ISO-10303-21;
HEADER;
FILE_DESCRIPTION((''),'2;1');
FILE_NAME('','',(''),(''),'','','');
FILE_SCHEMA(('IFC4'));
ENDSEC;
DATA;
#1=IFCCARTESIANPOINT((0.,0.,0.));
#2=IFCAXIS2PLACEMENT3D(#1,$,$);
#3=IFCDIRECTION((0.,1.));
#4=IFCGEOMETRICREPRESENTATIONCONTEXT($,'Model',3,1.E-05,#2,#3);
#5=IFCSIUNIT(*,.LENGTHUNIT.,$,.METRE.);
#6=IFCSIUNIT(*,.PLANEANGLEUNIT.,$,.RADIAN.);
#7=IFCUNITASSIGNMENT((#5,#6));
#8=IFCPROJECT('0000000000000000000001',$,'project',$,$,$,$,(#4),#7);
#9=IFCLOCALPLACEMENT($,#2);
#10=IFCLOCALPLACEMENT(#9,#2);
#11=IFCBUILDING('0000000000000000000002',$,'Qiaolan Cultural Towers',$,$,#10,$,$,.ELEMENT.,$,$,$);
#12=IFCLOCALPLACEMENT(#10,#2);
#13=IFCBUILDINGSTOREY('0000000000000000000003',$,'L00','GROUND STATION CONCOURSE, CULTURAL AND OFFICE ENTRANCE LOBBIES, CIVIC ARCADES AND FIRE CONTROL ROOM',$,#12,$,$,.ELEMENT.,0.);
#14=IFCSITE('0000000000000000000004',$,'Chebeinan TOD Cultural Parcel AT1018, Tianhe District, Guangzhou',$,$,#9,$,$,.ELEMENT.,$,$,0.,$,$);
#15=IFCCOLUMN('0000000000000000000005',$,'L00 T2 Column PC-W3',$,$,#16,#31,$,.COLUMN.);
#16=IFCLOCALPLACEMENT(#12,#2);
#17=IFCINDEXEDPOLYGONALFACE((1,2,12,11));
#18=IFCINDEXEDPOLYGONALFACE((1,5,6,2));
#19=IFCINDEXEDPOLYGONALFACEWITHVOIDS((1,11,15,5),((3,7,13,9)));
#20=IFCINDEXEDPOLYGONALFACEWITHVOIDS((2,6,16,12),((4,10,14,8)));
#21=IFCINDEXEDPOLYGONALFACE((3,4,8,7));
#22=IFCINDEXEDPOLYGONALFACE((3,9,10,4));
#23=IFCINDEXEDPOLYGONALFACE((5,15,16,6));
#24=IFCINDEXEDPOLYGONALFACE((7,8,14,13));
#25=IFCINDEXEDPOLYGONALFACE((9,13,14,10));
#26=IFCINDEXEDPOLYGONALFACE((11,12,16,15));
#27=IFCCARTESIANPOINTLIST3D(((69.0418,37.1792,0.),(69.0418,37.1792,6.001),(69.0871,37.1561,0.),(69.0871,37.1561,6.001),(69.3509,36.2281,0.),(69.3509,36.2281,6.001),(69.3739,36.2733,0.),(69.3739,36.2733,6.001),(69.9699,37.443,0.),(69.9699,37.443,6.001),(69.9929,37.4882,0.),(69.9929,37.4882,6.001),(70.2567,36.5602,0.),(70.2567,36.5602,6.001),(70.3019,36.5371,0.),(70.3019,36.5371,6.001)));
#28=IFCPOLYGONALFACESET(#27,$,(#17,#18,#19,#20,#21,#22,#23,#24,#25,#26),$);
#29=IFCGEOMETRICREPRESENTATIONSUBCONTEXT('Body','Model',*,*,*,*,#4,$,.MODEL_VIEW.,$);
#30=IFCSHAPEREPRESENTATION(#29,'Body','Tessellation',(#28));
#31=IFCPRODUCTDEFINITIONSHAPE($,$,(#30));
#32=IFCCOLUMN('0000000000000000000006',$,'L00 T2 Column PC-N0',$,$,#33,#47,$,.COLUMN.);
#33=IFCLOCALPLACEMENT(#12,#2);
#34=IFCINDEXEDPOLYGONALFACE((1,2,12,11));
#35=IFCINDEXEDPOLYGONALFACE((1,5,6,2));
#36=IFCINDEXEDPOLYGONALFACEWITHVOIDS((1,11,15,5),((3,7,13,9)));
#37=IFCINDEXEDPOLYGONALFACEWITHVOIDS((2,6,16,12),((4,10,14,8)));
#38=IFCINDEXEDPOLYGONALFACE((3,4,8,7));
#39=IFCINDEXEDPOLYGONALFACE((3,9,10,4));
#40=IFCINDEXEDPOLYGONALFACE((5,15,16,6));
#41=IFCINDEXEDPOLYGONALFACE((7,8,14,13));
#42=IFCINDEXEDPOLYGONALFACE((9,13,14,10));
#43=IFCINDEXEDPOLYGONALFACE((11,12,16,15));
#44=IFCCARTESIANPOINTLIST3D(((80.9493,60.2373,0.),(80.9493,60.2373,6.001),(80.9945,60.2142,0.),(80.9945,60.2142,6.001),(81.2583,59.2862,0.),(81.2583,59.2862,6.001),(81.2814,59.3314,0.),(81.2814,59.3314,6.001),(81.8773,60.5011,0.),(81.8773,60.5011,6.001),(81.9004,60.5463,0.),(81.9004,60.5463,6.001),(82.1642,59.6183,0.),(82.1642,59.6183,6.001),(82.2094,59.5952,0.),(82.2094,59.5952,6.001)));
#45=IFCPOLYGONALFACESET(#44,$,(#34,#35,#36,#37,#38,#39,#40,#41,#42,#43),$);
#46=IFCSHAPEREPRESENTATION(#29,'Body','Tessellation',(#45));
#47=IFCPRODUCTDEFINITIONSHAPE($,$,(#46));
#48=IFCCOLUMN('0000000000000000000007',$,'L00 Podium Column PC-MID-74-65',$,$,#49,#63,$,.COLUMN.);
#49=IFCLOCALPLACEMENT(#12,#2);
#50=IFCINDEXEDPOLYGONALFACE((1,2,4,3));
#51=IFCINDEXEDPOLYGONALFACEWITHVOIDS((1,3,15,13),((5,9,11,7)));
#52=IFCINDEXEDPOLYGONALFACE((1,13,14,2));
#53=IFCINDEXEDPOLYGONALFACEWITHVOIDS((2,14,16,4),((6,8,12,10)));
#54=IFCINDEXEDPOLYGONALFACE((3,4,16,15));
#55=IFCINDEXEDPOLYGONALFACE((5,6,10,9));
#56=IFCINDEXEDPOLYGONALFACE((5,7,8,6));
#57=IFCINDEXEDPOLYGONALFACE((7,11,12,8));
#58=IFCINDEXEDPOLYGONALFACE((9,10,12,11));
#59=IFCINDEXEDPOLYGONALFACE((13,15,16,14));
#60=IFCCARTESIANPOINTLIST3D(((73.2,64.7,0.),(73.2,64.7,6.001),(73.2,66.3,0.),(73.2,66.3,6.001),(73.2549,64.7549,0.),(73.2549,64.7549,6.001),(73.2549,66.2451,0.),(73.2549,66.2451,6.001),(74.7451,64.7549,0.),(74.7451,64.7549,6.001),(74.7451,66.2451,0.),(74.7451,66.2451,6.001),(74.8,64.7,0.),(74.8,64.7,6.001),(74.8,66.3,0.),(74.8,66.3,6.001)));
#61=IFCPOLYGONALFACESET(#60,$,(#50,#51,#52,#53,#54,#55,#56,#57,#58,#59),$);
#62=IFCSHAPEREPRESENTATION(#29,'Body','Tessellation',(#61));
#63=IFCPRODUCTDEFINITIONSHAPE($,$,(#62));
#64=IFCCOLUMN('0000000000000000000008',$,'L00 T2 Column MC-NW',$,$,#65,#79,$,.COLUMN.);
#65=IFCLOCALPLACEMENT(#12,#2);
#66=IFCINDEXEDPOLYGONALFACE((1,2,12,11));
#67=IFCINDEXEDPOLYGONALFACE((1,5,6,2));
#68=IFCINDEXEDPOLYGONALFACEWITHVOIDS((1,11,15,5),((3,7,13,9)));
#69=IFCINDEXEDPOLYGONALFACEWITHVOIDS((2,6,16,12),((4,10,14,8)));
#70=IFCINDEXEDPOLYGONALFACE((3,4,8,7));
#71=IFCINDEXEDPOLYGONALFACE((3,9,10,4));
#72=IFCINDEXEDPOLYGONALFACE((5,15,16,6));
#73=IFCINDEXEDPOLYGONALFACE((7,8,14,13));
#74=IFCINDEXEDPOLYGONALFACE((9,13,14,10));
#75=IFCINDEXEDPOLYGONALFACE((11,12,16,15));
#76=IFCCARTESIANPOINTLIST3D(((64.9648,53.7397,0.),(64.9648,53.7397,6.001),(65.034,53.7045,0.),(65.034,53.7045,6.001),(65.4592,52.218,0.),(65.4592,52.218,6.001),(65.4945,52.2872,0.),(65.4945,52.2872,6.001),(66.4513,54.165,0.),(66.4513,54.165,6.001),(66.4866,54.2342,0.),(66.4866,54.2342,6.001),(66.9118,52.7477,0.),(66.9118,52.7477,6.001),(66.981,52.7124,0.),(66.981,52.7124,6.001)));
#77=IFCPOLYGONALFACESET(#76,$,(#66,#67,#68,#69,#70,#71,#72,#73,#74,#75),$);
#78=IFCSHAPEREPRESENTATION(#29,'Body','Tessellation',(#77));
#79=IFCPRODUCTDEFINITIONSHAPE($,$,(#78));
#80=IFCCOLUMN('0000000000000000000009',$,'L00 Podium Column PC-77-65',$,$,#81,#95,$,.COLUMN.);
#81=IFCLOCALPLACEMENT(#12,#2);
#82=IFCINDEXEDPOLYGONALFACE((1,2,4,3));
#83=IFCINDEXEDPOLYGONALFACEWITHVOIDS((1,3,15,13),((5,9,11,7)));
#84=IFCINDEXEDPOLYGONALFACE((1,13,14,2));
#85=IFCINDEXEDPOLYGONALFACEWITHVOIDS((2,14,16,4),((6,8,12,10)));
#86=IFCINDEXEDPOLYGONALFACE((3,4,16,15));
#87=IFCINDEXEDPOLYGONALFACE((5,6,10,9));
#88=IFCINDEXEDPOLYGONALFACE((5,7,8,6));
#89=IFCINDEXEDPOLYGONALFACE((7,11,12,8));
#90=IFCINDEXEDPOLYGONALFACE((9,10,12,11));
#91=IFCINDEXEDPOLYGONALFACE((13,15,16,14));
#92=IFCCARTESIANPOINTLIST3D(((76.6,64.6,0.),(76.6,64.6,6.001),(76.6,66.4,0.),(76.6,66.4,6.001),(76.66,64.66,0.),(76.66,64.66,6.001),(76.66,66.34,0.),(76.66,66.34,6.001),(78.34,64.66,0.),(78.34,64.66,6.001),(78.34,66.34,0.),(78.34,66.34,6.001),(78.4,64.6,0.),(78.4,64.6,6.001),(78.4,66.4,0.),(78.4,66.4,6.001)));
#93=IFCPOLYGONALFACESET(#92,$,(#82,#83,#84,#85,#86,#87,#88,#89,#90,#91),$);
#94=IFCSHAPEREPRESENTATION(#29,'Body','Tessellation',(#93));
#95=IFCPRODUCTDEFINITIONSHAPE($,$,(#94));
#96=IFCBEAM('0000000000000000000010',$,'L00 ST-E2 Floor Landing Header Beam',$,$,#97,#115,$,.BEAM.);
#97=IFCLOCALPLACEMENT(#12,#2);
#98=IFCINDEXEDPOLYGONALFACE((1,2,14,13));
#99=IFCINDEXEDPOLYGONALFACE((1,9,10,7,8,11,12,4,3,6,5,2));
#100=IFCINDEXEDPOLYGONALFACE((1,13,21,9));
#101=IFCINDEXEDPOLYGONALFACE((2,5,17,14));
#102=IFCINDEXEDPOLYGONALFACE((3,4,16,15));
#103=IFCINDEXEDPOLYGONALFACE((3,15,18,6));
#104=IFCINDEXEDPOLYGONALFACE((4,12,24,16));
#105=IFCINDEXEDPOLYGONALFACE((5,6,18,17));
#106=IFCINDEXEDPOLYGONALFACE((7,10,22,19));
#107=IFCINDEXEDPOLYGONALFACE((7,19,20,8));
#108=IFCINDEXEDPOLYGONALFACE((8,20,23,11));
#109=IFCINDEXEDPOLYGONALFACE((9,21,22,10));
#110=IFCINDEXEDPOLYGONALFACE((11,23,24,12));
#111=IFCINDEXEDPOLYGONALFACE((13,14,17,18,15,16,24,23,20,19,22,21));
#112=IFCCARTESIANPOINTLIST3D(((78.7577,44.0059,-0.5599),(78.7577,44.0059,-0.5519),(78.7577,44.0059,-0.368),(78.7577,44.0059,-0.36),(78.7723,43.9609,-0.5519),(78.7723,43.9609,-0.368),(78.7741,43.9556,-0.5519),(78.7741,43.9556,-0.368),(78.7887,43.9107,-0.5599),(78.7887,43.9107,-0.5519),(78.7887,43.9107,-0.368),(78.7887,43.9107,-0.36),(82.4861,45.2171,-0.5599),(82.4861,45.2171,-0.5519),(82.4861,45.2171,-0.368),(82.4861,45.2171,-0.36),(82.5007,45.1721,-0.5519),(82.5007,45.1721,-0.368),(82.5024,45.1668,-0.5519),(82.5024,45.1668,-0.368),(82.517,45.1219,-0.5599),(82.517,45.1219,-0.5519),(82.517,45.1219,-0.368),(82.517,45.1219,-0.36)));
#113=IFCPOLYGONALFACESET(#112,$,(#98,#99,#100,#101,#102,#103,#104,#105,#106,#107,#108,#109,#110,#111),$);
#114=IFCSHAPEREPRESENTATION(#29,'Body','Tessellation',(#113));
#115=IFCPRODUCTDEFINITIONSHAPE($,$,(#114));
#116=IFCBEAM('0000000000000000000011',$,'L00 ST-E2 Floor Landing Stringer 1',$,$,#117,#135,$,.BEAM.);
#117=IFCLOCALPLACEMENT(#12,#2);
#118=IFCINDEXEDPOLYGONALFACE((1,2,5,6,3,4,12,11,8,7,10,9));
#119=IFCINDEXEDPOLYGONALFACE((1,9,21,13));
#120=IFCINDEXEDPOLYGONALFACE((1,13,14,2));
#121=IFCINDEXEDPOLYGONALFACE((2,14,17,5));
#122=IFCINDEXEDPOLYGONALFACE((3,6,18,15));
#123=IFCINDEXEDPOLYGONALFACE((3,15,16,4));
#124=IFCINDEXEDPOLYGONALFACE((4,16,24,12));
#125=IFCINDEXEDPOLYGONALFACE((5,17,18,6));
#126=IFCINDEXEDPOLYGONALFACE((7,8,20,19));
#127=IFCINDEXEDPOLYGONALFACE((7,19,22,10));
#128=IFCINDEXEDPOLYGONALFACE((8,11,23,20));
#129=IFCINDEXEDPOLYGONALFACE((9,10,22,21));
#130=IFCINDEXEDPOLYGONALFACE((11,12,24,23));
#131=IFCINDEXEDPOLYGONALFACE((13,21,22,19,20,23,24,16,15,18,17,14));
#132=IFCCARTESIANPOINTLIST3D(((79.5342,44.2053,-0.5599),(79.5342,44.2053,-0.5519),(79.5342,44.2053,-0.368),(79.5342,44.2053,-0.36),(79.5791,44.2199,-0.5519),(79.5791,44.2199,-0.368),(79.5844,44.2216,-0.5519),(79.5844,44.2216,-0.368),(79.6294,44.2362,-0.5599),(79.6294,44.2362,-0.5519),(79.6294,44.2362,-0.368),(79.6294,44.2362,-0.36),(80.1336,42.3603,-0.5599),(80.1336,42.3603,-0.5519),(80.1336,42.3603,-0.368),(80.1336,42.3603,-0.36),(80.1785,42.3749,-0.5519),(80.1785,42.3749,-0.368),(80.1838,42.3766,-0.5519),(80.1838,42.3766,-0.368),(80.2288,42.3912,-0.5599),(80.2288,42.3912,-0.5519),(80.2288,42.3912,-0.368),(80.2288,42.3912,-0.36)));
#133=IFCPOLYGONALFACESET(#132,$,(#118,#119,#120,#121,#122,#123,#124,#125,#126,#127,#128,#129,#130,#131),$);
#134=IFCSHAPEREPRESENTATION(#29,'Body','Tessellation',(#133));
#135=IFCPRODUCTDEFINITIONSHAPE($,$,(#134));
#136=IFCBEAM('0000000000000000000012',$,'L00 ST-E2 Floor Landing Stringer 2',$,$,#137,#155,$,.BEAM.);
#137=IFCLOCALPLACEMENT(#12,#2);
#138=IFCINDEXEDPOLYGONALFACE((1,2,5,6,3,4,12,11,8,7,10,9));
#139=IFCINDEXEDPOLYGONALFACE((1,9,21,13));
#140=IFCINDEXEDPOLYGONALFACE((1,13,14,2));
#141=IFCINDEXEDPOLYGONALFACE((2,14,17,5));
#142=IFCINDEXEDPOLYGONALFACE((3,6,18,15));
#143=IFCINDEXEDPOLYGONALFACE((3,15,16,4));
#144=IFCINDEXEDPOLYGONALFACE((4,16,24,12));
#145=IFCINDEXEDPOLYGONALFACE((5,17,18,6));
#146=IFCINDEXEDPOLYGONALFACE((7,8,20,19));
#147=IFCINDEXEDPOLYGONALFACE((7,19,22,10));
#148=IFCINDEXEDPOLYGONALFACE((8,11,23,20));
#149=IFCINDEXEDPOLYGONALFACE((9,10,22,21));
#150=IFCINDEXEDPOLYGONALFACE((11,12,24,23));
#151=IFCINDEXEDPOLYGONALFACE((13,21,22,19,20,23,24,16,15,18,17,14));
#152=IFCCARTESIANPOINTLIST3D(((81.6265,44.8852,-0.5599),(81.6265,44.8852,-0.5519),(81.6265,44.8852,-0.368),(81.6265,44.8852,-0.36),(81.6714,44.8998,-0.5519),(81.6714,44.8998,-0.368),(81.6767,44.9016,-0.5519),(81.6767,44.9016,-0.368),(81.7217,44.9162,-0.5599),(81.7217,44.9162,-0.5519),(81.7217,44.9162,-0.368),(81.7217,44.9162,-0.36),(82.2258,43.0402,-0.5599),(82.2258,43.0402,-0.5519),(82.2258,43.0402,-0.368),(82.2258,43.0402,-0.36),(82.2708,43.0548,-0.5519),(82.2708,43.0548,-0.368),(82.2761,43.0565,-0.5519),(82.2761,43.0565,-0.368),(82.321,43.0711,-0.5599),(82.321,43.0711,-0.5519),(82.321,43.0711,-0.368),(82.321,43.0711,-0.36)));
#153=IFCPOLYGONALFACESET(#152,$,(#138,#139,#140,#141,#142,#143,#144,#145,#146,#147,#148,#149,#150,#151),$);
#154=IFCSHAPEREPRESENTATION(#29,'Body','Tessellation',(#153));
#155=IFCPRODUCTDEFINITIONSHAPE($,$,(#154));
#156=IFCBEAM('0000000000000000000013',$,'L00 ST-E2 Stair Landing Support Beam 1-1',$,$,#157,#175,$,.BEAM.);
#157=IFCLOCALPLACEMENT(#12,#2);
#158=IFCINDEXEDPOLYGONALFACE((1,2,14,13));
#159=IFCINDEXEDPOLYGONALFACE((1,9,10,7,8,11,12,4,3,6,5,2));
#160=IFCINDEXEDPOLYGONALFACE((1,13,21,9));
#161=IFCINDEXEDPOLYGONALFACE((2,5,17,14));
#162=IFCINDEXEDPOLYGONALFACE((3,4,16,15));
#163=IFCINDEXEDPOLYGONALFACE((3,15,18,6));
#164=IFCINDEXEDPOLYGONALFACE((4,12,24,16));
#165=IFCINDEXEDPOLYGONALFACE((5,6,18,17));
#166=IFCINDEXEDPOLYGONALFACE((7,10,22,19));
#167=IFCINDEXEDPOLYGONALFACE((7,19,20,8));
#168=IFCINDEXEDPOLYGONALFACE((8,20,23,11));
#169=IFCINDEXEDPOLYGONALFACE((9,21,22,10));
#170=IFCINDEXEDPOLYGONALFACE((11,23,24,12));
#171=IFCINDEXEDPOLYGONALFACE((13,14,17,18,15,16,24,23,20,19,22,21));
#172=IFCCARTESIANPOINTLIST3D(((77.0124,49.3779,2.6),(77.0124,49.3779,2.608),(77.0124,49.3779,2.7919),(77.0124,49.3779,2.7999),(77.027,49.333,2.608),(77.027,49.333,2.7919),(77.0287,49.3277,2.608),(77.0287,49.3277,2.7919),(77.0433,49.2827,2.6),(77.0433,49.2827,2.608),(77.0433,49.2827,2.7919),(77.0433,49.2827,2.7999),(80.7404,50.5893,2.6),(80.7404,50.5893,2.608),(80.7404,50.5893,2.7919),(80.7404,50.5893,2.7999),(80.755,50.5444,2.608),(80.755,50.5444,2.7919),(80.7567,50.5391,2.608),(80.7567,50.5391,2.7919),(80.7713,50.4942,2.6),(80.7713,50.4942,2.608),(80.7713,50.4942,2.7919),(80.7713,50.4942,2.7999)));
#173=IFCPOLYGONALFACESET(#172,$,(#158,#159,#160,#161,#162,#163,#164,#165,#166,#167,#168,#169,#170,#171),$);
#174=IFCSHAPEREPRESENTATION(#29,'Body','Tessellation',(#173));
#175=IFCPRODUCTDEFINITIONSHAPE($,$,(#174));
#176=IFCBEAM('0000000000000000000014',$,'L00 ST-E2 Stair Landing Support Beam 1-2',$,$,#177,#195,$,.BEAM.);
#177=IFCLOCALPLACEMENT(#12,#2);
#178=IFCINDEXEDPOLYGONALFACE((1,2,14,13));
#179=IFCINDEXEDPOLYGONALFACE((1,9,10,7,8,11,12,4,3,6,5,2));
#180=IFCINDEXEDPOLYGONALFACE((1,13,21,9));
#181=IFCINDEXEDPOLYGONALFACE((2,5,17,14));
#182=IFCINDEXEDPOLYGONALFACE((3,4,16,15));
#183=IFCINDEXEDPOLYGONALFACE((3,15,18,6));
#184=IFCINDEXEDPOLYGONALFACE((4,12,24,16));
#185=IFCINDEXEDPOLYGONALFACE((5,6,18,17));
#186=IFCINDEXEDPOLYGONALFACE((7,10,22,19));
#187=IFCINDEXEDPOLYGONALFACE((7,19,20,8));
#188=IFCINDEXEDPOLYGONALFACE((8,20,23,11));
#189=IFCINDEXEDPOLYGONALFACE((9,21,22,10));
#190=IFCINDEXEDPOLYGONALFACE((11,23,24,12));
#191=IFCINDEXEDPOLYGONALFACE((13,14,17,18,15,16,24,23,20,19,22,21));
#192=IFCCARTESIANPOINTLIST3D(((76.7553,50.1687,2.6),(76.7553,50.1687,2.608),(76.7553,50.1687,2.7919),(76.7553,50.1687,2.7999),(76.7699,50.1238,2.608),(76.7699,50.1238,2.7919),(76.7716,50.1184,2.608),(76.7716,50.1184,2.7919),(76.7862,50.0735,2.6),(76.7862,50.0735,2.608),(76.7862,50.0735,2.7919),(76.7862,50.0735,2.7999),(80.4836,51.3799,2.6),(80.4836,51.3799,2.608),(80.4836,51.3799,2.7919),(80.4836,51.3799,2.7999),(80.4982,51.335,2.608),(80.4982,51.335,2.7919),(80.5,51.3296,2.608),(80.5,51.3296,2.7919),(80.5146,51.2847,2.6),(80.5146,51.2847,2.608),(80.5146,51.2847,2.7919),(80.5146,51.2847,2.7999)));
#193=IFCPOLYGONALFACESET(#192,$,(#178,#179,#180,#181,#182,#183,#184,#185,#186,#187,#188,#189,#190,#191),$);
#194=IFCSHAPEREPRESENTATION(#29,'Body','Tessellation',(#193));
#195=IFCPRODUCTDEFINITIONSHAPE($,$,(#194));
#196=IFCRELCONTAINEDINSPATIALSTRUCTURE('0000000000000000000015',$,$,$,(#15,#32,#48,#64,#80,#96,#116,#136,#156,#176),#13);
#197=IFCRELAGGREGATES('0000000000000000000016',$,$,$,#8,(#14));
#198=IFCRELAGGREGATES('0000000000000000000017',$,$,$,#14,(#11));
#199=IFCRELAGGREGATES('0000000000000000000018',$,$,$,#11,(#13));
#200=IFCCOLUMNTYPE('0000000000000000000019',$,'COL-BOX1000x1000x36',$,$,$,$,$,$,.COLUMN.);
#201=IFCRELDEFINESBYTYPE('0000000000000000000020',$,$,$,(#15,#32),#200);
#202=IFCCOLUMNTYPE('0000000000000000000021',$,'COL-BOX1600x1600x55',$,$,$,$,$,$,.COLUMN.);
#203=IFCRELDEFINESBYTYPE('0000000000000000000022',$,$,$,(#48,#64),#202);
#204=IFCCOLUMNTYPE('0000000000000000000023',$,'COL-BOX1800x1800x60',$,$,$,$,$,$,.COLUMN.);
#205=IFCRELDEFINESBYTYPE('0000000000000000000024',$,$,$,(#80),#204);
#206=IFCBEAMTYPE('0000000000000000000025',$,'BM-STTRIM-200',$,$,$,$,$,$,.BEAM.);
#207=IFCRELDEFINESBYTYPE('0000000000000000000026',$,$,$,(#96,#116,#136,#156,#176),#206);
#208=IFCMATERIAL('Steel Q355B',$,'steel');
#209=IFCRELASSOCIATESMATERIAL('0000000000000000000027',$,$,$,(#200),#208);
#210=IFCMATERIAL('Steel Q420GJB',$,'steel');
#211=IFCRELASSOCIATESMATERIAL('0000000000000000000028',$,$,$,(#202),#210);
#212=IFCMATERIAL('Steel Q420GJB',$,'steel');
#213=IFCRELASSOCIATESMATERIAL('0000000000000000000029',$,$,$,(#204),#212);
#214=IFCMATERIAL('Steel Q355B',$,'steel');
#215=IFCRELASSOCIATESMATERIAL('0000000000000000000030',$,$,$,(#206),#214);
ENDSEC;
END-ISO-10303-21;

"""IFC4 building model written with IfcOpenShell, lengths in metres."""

from ifc_helpers import new_model, si_unit, direction, frame, origin, origin_2d, place, context, subcontext, project, spatial, hollow_rectangle, i_section, extrude, material, material_profile, profile_set, type_object, element, save


model = new_model("IFC4")

# Units and contexts
model_context = context("Model", 3, precision=1e-05, world=origin(), true_north=direction((0.0, 1.0)))
body_context = subcontext(model_context, "Body", "Model", "MODEL_VIEW")
ifc_project = project(units=[si_unit("LENGTHUNIT", "METRE"), si_unit("PLANEANGLEUNIT", "RADIAN")], contexts=[model_context])

# Site, building, storey
site_placement = place(None, origin())
site = spatial("IfcSite", under=ifc_project, at=site_placement, Name="Chebeinan TOD Cultural Parcel AT1018, Tianhe District, Guangzhou", CompositionType="ELEMENT", RefElevation=0.0)
building_placement = place(site_placement, origin())
building = spatial("IfcBuilding", under=site, at=building_placement, Name="Qiaolan Cultural Towers", CompositionType="ELEMENT")
storey_placement = place(building_placement, origin())
storey = spatial("IfcBuildingStorey", under=building, at=storey_placement, Name="L00", Description="GROUND STATION CONCOURSE, CULTURAL AND OFFICE ENTRANCE LOBBIES, CIVIC ARCADES AND FIRE CONTROL ROOM", CompositionType="ELEMENT", Elevation=0.0)

# Columns
ifc_material_1 = material(Name="Steel Q355B", Category="steel")
ifc_material_profile_1 = material_profile(ifc_material_1, hollow_rectangle(XDim=1.0, YDim=1.0, WallThickness=0.0359, at=origin_2d()), Name="BOX1000x1000x36")
ifc_profile_set_1 = profile_set([ifc_material_profile_1], Name="Steel Q355B")
column_type_1 = type_object("IfcColumnType", Name="COL-BOX1000x1000x36", PredefinedType="COLUMN", material=ifc_profile_set_1)
for number, where, z_axis, x_axis, name in (
    (1, (69.6719, 36.8582, 0.0), (0.0, 0.0, 1.0), (0.951057, 0.309017, 0.0), "L00 T2 Column PC-W3"),
    (2, (81.5793, 59.9163, 0.0), (0.0, 0.0, 1.0), (0.951057, 0.309017, 0.0), "L00 T2 Column PC-N0"),
):
    element("IfcColumn", number, at=place(storey_placement, frame(where, z_axis=z_axis, x_axis=x_axis)), inside=storey, type_object=column_type_1, Name=name, PredefinedType="COLUMN", context=body_context, shape_type="SweptSolid", body=[
        extrude(hollow_rectangle(XDim=1.0, YDim=1.0, WallThickness=0.0359, at=origin_2d()), origin(), (0.0, 0.0, 1.0), 6.001),
    ])
ifc_material_2 = material(Name="Steel Q420GJB", Category="steel")
ifc_material_profile_2 = material_profile(ifc_material_2, hollow_rectangle(XDim=1.6001, YDim=1.6001, WallThickness=0.0549, at=origin_2d()), Name="BOX1600x1600x55")
ifc_profile_set_2 = profile_set([ifc_material_profile_2], Name="Steel Q420GJB")
column_type_2 = type_object("IfcColumnType", Name="COL-BOX1600x1600x55", PredefinedType="COLUMN", material=ifc_profile_set_2)
for number, where, z_axis, x_axis, name in (
    (3, (74.0, 65.5, 0.0), (0.0, 0.0, 1.0), (1.0, 0.0, 0.0), "L00 Podium Column PC-MID-74-65"),
    (4, (65.9729, 53.2261, 0.0), (0.0, 0.0, 1.0), (0.951057, 0.309017, 0.0), "L00 T2 Column MC-NW"),
):
    element("IfcColumn", number, at=place(storey_placement, frame(where, z_axis=z_axis, x_axis=x_axis)), inside=storey, type_object=column_type_2, Name=name, PredefinedType="COLUMN", context=body_context, shape_type="SweptSolid", body=[
        extrude(hollow_rectangle(XDim=1.6001, YDim=1.6001, WallThickness=0.0549, at=origin_2d()), origin(), (0.0, 0.0, 1.0), 6.001),
    ])
ifc_material_3 = material(Name="Steel Q420GJB", Category="steel")
ifc_material_profile_3 = material_profile(ifc_material_3, hollow_rectangle(XDim=1.8, YDim=1.8, WallThickness=0.0601, at=origin_2d()), Name="BOX1800x1800x60")
ifc_profile_set_3 = profile_set([ifc_material_profile_3], Name="Steel Q420GJB")
column_type_3 = type_object("IfcColumnType", Name="COL-BOX1800x1800x60", PredefinedType="COLUMN", material=ifc_profile_set_3)
column_placement = place(storey_placement, frame((77.5, 65.5, 0.0), z_axis=(0.0, 0.0, 1.0), x_axis=(1.0, 0.0, 0.0)))
element("IfcColumn", 5, at=column_placement, inside=storey, type_object=column_type_3, Name="L00 Podium Column PC-77-65", PredefinedType="COLUMN", context=body_context, shape_type="SweptSolid", body=[
    extrude(hollow_rectangle(XDim=1.8, YDim=1.8, WallThickness=0.0601, at=origin_2d()), origin(), (0.0, 0.0, 1.0), 6.001),
])

# Beams
ifc_material_4 = material(Name="Steel Q355B", Category="steel")
ifc_material_profile_4 = material_profile(ifc_material_4, i_section(OverallWidth=0.1001, OverallDepth=0.2, WebThickness=0.0056, FlangeThickness=0.0081, at=origin_2d()), Name="HN200x100x5.5x8")
ifc_profile_set_4 = profile_set([ifc_material_profile_4], Name="Steel Q355B")
beam_type = type_object("IfcBeamType", Name="BM-STTRIM-200", PredefinedType="BEAM", material=ifc_profile_set_4)
beam_1_placement = place(storey_placement, frame((78.7732, 43.9583, -0.46), z_axis=(0.951072, 0.308969, 0.0), x_axis=(-0.308969, 0.951072, 0.0)))
element("IfcBeam", 6, at=beam_1_placement, inside=storey, type_object=beam_type, Name="L00 ST-E2 Floor Landing Header Beam", PredefinedType="BEAM", context=body_context, shape_type="SweptSolid", body=[
    extrude(i_section(OverallWidth=0.1001, OverallDepth=0.2, WebThickness=0.0056, FlangeThickness=0.0081, at=origin_2d()), origin(), (0.0, 0.0, 1.0), 3.9202),
])
for number, where, z_axis, x_axis, name in (
    (7, (80.1812, 42.3757, -0.46), (-0.308969, 0.951072, 0.0), (-0.951072, -0.308969, 0.0), "L00 ST-E2 Floor Landing Stringer 1"),
    (8, (82.2734, 43.0557, -0.46), (-0.308969, 0.951072, 0.0), (-0.951072, -0.308969, 0.0), "L00 ST-E2 Floor Landing Stringer 2"),
):
    element("IfcBeam", number, at=place(storey_placement, frame(where, z_axis=z_axis, x_axis=x_axis)), inside=storey, type_object=beam_type, Name=name, PredefinedType="BEAM", context=body_context, shape_type="SweptSolid", body=[
        extrude(i_section(OverallWidth=0.1001, OverallDepth=0.2, WebThickness=0.0056, FlangeThickness=0.0081, at=origin_2d()), origin(), (0.0, 0.0, 1.0), 1.9399),
    ])
beam_2_placement = place(storey_placement, frame((77.0278, 49.3303, 2.7), z_axis=(0.951048, 0.309044, 0.0), x_axis=(-0.309044, 0.951048, 0.0)))
element("IfcBeam", 9, at=beam_2_placement, inside=storey, type_object=beam_type, Name="L00 ST-E2 Stair Landing Support Beam 1-1", PredefinedType="BEAM", context=body_context, shape_type="SweptSolid", body=[
    extrude(i_section(OverallWidth=0.1001, OverallDepth=0.2, WebThickness=0.0056, FlangeThickness=0.0081, at=origin_2d()), origin(), (0.0, 0.0, 1.0), 3.9199),
])
beam_3_placement = place(storey_placement, frame((76.7708, 50.1211, 2.7), z_axis=(0.951072, 0.308969, 0.0), x_axis=(-0.308969, 0.951072, 0.0)))
element("IfcBeam", 10, at=beam_3_placement, inside=storey, type_object=beam_type, Name="L00 ST-E2 Stair Landing Support Beam 1-2", PredefinedType="BEAM", context=body_context, shape_type="SweptSolid", body=[
    extrude(i_section(OverallWidth=0.1001, OverallDepth=0.2, WebThickness=0.0056, FlangeThickness=0.0081, at=origin_2d()), origin(), (0.0, 0.0, 1.0), 3.9202),
])

save(model, "model.ifc")
